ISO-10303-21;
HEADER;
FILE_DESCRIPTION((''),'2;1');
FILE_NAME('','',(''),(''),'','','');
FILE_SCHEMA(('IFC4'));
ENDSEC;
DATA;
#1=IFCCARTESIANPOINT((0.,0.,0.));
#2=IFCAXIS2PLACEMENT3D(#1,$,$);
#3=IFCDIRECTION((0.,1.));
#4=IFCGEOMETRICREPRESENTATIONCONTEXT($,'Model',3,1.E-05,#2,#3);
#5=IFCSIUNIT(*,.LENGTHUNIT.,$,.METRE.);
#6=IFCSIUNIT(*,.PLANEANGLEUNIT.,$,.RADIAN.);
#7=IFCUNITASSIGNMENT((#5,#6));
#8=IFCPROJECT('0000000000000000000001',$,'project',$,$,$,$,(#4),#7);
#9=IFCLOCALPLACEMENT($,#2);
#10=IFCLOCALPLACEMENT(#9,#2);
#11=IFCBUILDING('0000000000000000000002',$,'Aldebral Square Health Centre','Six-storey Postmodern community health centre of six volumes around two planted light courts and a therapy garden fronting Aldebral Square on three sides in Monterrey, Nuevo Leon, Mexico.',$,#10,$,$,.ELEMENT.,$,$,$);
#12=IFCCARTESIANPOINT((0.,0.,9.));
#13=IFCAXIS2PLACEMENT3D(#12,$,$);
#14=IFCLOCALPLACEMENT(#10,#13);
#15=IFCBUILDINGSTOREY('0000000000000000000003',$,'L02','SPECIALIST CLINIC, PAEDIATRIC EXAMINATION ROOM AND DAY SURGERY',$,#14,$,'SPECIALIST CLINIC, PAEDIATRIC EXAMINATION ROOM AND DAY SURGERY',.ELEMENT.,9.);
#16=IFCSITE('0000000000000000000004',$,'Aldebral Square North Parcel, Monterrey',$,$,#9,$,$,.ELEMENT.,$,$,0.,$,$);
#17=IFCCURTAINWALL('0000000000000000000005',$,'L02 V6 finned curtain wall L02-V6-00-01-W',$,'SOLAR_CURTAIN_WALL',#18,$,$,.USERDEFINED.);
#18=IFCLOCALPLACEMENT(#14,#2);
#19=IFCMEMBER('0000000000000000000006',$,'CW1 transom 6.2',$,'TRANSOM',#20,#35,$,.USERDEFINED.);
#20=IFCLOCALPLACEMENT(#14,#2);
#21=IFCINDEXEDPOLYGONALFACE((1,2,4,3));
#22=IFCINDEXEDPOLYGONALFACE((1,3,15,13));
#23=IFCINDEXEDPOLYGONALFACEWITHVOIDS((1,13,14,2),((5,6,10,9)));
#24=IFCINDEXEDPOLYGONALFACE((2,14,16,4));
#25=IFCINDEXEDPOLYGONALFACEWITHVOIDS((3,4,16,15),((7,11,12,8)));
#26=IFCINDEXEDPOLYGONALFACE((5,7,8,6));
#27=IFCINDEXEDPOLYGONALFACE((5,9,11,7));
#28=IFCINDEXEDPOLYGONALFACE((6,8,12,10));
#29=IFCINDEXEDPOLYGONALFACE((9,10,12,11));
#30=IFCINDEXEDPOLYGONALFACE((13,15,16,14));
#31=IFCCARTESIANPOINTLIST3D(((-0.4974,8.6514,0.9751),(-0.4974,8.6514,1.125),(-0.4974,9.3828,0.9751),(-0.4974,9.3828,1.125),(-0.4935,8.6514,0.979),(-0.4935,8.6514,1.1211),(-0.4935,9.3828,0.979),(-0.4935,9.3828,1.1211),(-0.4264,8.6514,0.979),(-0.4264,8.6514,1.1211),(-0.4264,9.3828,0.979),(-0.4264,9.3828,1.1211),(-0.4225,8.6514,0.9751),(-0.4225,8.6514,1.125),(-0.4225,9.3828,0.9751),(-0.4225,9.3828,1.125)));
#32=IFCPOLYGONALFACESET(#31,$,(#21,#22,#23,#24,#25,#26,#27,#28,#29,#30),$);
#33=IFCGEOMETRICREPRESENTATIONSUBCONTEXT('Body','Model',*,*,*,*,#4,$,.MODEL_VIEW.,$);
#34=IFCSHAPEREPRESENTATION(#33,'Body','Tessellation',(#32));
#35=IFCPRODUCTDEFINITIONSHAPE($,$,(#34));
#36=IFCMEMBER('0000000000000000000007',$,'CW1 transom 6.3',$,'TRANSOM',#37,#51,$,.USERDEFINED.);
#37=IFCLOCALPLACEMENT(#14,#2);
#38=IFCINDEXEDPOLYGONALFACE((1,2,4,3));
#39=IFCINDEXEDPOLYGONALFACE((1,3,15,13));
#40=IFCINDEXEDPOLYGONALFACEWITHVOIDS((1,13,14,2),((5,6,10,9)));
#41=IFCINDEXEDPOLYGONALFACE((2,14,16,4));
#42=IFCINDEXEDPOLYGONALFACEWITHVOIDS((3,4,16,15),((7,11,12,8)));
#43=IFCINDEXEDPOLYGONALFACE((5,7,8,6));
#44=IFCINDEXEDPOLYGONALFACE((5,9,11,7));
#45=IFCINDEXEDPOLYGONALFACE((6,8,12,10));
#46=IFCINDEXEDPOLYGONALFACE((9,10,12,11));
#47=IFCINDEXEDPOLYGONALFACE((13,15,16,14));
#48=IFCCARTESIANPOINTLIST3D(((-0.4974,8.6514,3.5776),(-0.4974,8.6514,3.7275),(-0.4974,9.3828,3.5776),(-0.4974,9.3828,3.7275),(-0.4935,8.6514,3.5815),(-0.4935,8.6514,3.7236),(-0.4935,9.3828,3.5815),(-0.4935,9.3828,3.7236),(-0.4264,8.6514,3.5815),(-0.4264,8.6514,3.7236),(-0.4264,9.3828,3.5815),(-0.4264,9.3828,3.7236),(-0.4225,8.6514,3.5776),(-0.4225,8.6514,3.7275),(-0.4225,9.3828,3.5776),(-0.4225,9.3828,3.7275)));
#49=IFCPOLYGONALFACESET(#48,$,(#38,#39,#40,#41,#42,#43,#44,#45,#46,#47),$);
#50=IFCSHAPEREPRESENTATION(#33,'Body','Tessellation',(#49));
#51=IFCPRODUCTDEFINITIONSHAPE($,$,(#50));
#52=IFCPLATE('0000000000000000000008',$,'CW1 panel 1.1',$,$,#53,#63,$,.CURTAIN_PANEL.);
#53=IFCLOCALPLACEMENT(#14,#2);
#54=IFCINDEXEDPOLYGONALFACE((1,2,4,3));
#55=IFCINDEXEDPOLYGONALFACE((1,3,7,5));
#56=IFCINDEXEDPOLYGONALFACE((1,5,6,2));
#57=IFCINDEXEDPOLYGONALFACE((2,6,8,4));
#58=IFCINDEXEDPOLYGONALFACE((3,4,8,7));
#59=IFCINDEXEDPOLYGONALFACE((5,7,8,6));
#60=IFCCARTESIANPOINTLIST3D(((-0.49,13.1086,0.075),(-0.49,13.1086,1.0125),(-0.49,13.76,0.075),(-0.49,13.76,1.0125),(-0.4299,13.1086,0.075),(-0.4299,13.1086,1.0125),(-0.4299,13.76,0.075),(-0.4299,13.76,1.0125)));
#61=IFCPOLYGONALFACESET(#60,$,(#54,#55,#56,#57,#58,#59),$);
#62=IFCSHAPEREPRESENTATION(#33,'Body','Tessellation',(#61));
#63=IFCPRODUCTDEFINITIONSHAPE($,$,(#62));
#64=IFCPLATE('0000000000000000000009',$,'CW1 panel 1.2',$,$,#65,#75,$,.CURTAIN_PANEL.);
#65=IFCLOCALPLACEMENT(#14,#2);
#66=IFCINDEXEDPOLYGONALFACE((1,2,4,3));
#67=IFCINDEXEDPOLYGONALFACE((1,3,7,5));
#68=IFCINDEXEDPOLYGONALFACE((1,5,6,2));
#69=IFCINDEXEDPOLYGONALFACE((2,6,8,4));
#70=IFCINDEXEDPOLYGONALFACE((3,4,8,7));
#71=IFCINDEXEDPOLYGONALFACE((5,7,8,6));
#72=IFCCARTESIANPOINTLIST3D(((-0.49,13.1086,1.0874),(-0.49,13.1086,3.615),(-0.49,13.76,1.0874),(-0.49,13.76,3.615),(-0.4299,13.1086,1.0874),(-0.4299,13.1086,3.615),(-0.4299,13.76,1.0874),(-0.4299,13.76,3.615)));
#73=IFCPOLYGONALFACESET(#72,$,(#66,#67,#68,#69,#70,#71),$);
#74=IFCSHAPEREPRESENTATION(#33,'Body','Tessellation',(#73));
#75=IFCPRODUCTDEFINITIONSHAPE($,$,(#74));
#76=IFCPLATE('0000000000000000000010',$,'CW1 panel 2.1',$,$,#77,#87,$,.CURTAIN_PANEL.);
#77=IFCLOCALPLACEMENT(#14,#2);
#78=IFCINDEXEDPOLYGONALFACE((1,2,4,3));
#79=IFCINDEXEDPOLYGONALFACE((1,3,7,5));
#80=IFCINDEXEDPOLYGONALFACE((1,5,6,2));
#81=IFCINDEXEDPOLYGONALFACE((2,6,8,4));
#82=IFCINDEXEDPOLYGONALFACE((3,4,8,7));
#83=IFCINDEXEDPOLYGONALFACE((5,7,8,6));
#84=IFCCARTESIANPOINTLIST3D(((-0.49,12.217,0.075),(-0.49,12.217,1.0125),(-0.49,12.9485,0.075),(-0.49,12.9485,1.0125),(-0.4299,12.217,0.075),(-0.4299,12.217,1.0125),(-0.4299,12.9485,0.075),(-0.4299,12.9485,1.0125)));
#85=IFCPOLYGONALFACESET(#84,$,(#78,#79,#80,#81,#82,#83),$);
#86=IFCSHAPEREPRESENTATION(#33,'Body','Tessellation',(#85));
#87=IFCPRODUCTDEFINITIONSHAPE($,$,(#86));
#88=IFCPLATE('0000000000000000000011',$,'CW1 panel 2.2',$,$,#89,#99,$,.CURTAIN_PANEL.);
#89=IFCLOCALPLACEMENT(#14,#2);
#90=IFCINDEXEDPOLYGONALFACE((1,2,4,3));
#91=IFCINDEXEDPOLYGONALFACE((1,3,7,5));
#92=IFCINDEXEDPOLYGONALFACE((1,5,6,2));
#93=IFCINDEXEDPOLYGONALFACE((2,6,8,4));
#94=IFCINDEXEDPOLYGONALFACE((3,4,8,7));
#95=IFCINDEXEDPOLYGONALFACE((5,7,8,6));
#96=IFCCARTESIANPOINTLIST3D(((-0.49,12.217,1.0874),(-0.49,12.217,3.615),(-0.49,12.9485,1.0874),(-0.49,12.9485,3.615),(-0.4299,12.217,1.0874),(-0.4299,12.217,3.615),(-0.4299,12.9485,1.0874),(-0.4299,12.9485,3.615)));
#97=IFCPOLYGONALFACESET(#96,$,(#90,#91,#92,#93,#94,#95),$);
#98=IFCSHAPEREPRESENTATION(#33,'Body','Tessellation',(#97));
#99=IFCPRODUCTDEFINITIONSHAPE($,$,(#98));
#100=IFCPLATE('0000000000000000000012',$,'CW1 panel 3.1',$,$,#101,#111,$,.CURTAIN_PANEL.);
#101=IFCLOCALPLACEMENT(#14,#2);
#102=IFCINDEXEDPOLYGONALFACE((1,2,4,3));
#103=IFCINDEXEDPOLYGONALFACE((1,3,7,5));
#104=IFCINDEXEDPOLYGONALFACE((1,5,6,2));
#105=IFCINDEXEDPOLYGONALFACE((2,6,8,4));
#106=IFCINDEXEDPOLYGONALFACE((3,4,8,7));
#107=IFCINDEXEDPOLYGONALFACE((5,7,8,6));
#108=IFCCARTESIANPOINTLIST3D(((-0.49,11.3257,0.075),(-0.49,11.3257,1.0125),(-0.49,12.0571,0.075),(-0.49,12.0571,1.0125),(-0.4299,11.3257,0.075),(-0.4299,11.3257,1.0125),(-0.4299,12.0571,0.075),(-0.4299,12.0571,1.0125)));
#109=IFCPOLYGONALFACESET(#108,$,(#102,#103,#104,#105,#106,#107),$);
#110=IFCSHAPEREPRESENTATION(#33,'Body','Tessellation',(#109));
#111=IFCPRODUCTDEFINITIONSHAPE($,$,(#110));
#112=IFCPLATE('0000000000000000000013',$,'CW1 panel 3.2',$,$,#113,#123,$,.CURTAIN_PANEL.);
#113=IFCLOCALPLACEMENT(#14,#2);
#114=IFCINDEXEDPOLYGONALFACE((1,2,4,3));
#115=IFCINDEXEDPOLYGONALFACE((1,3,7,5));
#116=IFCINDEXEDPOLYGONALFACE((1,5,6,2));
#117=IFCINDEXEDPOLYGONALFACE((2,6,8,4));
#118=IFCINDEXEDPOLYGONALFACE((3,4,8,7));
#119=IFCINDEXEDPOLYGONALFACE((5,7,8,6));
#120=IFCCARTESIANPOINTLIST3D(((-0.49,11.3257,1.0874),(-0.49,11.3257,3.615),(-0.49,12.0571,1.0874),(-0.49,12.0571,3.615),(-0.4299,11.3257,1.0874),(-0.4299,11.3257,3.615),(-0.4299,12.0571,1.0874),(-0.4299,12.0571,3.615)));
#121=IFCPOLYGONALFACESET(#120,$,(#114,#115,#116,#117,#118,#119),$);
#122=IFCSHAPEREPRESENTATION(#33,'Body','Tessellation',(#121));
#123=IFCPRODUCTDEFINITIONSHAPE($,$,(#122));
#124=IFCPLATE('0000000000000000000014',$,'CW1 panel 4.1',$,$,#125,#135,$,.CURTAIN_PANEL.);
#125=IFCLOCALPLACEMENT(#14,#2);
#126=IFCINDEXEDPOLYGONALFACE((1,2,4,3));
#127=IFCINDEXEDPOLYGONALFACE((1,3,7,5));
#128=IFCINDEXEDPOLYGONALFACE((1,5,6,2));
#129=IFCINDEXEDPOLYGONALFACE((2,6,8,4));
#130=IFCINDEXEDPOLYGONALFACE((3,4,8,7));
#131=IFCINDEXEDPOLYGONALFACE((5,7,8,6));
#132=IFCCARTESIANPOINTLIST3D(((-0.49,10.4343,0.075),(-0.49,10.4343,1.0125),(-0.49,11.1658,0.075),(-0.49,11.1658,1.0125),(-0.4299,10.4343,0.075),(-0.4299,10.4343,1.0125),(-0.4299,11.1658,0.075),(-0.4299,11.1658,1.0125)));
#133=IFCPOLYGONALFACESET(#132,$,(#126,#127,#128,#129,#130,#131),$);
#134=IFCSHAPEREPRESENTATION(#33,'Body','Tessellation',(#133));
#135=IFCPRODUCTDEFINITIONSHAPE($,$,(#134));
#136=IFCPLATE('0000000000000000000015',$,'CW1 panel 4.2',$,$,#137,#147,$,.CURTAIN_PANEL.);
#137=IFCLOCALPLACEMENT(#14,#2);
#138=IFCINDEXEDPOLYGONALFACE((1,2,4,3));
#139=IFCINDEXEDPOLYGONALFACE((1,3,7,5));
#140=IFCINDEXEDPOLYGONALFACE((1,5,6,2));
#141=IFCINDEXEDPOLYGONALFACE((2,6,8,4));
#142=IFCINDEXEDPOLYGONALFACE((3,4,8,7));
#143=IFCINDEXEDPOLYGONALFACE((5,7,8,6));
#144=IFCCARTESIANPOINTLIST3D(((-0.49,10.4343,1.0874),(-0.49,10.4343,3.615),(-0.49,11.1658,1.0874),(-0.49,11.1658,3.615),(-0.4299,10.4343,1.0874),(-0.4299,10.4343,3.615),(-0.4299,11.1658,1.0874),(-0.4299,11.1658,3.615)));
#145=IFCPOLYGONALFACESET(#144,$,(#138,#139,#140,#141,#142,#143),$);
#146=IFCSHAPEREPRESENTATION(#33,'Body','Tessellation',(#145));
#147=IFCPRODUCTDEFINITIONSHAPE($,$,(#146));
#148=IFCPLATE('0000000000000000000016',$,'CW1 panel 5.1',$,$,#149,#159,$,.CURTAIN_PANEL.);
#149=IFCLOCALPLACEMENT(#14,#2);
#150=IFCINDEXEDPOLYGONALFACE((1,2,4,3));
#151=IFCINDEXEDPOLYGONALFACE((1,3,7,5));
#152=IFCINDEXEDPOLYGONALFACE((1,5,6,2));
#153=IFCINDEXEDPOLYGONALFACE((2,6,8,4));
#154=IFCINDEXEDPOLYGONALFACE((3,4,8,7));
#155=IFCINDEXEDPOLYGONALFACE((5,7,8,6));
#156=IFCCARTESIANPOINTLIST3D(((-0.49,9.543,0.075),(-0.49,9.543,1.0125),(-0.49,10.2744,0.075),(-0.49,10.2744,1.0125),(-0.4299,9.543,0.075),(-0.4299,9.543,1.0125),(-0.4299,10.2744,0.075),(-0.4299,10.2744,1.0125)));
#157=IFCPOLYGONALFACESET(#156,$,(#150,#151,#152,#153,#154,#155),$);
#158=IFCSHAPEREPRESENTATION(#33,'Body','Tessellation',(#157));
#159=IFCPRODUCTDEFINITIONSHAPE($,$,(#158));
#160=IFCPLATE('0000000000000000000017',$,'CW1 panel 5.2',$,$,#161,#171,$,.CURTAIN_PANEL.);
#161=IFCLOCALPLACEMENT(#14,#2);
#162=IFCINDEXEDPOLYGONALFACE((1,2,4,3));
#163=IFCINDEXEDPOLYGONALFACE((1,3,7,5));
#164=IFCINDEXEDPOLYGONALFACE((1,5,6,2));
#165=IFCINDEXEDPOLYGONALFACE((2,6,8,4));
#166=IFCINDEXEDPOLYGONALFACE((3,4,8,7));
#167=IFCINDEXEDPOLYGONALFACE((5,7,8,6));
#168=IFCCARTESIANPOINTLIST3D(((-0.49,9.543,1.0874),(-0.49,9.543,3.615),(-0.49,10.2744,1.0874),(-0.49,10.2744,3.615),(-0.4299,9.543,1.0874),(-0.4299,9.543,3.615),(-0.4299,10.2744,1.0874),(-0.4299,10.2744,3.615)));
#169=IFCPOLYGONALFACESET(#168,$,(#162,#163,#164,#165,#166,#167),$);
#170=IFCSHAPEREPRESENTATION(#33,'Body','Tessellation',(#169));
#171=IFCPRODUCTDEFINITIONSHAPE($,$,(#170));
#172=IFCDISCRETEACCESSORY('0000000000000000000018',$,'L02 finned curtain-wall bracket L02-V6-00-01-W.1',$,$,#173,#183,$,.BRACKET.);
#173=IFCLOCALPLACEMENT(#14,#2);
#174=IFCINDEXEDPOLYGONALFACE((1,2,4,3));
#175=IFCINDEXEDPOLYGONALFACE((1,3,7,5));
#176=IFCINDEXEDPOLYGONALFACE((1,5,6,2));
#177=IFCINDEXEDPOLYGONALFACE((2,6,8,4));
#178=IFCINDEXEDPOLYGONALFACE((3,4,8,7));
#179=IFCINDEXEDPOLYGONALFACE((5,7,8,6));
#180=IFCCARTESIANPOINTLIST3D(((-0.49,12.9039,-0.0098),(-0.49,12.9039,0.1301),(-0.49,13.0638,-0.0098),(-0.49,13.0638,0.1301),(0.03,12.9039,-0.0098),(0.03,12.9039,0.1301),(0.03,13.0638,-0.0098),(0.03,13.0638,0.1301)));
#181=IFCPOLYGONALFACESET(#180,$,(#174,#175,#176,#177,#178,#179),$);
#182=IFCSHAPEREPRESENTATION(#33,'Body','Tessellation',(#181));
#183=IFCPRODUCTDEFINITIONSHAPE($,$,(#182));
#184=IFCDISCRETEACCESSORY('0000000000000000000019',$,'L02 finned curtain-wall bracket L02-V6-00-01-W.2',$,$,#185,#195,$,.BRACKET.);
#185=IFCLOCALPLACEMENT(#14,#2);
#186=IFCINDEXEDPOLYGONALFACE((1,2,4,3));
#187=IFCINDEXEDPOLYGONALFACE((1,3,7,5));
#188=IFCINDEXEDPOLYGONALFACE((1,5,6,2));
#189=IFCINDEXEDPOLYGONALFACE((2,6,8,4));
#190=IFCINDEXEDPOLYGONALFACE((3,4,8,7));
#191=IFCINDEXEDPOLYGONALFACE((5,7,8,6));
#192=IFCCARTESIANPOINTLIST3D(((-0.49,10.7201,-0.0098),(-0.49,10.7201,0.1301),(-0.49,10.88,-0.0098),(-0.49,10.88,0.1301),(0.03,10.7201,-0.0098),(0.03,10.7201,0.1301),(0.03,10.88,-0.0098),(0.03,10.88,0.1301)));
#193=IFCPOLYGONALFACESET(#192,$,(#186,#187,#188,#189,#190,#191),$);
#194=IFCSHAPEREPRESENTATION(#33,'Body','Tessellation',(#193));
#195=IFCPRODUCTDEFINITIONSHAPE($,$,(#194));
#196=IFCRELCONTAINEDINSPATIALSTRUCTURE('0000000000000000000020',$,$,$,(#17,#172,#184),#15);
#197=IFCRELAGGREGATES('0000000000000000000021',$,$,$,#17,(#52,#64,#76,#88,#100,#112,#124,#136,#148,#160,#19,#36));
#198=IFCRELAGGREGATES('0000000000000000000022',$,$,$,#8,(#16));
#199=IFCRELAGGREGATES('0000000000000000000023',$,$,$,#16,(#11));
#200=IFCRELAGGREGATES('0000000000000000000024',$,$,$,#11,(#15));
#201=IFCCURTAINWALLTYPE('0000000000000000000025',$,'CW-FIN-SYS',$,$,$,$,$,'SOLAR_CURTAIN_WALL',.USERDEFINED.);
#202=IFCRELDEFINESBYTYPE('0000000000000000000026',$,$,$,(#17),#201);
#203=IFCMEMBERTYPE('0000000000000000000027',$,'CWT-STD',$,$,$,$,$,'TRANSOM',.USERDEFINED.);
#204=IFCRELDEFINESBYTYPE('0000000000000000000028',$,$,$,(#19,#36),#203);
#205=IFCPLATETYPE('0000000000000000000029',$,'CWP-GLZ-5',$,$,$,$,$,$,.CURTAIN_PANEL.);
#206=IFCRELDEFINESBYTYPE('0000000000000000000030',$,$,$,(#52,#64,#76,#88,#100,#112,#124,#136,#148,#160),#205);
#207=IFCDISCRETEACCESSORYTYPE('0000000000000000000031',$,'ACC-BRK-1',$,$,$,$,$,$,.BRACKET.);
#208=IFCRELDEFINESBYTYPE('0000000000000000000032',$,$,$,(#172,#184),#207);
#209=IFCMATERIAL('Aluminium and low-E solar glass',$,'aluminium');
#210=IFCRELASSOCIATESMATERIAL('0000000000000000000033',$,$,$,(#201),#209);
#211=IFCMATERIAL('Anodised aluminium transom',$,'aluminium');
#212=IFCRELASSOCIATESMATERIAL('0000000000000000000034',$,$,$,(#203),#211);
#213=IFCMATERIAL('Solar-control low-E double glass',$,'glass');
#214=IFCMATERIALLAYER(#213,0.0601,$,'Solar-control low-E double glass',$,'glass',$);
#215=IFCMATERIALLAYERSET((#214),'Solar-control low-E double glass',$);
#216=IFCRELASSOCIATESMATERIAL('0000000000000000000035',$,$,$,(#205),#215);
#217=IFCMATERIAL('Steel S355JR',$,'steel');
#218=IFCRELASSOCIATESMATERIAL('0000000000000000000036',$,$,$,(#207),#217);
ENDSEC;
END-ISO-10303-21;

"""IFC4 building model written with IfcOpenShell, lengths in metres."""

from ifc_helpers import new_model, si_unit, direction, frame, origin, origin_2d, place, context, subcontext, project, spatial, rectangle, hollow_rectangle, extrude, material, layer, layer_set, material_profile, profile_set, type_object, element, aggregate, save


model = new_model("IFC4")

# Units and contexts
model_context = context("Model", 3, precision=1e-05, world=origin(), true_north=direction((0.0, 1.0)))
body_context = subcontext(model_context, "Body", "Model", "MODEL_VIEW")
ifc_project = project(units=[si_unit("LENGTHUNIT", "METRE"), si_unit("PLANEANGLEUNIT", "RADIAN")], contexts=[model_context])

# Site, building, storey
site_placement = place(None, origin())
site = spatial("IfcSite", under=ifc_project, at=site_placement, Name="Aldebral Square North Parcel, Monterrey", CompositionType="ELEMENT", RefElevation=0.0)
building_placement = place(site_placement, origin())
building = spatial("IfcBuilding", under=site, at=building_placement, Name="Aldebral Square Health Centre", Description="Six-storey Postmodern community health centre of six volumes around two planted light courts and a therapy garden fronting Aldebral Square on three sides in Monterrey, Nuevo Leon, Mexico.", CompositionType="ELEMENT")
storey_placement = place(building_placement, frame((0.0, 0.0, 9.0)))
storey = spatial("IfcBuildingStorey", under=building, at=storey_placement, Name="L02", Description="SPECIALIST CLINIC, PAEDIATRIC EXAMINATION ROOM AND DAY SURGERY", LongName="SPECIALIST CLINIC, PAEDIATRIC EXAMINATION ROOM AND DAY SURGERY", CompositionType="ELEMENT", Elevation=9.0)

# Curtain wall, members, plates
ifc_material_1 = material(Name="Aluminium and low-E solar glass", Category="aluminium")
curtain_wall_type = type_object("IfcCurtainWallType", Name="CW-FIN-SYS", ElementType="SOLAR_CURTAIN_WALL", PredefinedType="USERDEFINED", material=ifc_material_1)
curtain_wall_placement = place(storey_placement, origin())
curtain_wall = element("IfcCurtainWall", 1, at=curtain_wall_placement, inside=storey, type_object=curtain_wall_type, Name="L02 V6 finned curtain wall L02-V6-00-01-W", ObjectType="SOLAR_CURTAIN_WALL", PredefinedType="USERDEFINED")
ifc_material_2 = material(Name="Anodised aluminium transom", Category="aluminium")
ifc_material_profile_1 = material_profile(ifc_material_2, hollow_rectangle(XDim=0.075, YDim=0.1499, WallThickness=0.0039, at=origin_2d()), Name="CWT 75x150x4")
ifc_profile_set_1 = profile_set([ifc_material_profile_1], Name="Anodised aluminium transom")
member_type_1 = type_object("IfcMemberType", Name="CWT-STD", ElementType="TRANSOM", PredefinedType="USERDEFINED", material=ifc_profile_set_1)
member_1_placement = place(storey_placement, frame((-0.46, 9.3828, 1.05), z_axis=(0.0, -1.0, 0.0), x_axis=(1.0, 0.0, 0.0)))
member_1 = element("IfcMember", 2, at=member_1_placement, type_object=member_type_1, Name="CW1 transom 6.2", ObjectType="TRANSOM", PredefinedType="USERDEFINED", context=body_context, shape_type="SweptSolid", body=[
    extrude(hollow_rectangle(XDim=0.075, YDim=0.1499, WallThickness=0.0039, at=origin_2d()), origin(), (0.0, 0.0, 1.0), 0.7314),
])
member_2_placement = place(storey_placement, frame((-0.46, 9.3828, 3.6526), z_axis=(0.0, -1.0, 0.0), x_axis=(1.0, 0.0, 0.0)))
member_2 = element("IfcMember", 3, at=member_2_placement, type_object=member_type_1, Name="CW1 transom 6.3", ObjectType="TRANSOM", PredefinedType="USERDEFINED", context=body_context, shape_type="SweptSolid", body=[
    extrude(hollow_rectangle(XDim=0.075, YDim=0.1499, WallThickness=0.0039, at=origin_2d()), origin(), (0.0, 0.0, 1.0), 0.7314),
])
ifc_material_3 = material(Name="Solar-control low-E double glass", Category="glass")
ifc_layer = layer(ifc_material_3, 0.0601, Name="Solar-control low-E double glass", Category="glass")
ifc_layer_set = layer_set([ifc_layer], Name="Solar-control low-E double glass")
plate_type = type_object("IfcPlateType", Name="CWP-GLZ-5", PredefinedType="CURTAIN_PANEL", material=ifc_layer_set)
plate_1_placement = place(storey_placement, frame((-0.46, 13.4343, 0.075), z_axis=(0.0, 0.0, 1.0), x_axis=(0.0, -1.0, 0.0)))
plate_1 = element("IfcPlate", 4, at=plate_1_placement, type_object=plate_type, Name="CW1 panel 1.1", PredefinedType="CURTAIN_PANEL", context=body_context, shape_type="SweptSolid", body=[
    extrude(rectangle(XDim=0.6514, YDim=0.0601, at=origin_2d()), origin(), (0.0, 0.0, 1.0), 0.9375),
])
plate_2_placement = place(storey_placement, frame((-0.46, 13.4343, 1.0874), z_axis=(0.0, 0.0, 1.0), x_axis=(0.0, -1.0, 0.0)))
plate_2 = element("IfcPlate", 5, at=plate_2_placement, type_object=plate_type, Name="CW1 panel 1.2", PredefinedType="CURTAIN_PANEL", context=body_context, shape_type="SweptSolid", body=[
    extrude(rectangle(XDim=0.6514, YDim=0.0601, at=origin_2d()), origin(), (0.0, 0.0, 1.0), 2.5276),
])
plate_3_placement = place(storey_placement, frame((-0.46, 12.5828, 0.075), z_axis=(0.0, 0.0, 1.0), x_axis=(0.0, -1.0, 0.0)))
plate_3 = element("IfcPlate", 6, at=plate_3_placement, type_object=plate_type, Name="CW1 panel 2.1", PredefinedType="CURTAIN_PANEL", context=body_context, shape_type="SweptSolid", body=[
    extrude(rectangle(XDim=0.7314, YDim=0.0601, at=origin_2d()), origin(), (0.0, 0.0, 1.0), 0.9375),
])
plate_4_placement = place(storey_placement, frame((-0.46, 12.5828, 1.0874), z_axis=(0.0, 0.0, 1.0), x_axis=(0.0, -1.0, 0.0)))
plate_4 = element("IfcPlate", 7, at=plate_4_placement, type_object=plate_type, Name="CW1 panel 2.2", PredefinedType="CURTAIN_PANEL", context=body_context, shape_type="SweptSolid", body=[
    extrude(rectangle(XDim=0.7314, YDim=0.0601, at=origin_2d()), origin(), (0.0, 0.0, 1.0), 2.5276),
])
plate_5_placement = place(storey_placement, frame((-0.46, 11.6914, 0.075), z_axis=(0.0, 0.0, 1.0), x_axis=(0.0, -1.0, 0.0)))
plate_5 = element("IfcPlate", 8, at=plate_5_placement, type_object=plate_type, Name="CW1 panel 3.1", PredefinedType="CURTAIN_PANEL", context=body_context, shape_type="SweptSolid", body=[
    extrude(rectangle(XDim=0.7314, YDim=0.0601, at=origin_2d()), origin(), (0.0, 0.0, 1.0), 0.9375),
])
plate_6_placement = place(storey_placement, frame((-0.46, 11.6914, 1.0874), z_axis=(0.0, 0.0, 1.0), x_axis=(0.0, -1.0, 0.0)))
plate_6 = element("IfcPlate", 9, at=plate_6_placement, type_object=plate_type, Name="CW1 panel 3.2", PredefinedType="CURTAIN_PANEL", context=body_context, shape_type="SweptSolid", body=[
    extrude(rectangle(XDim=0.7314, YDim=0.0601, at=origin_2d()), origin(), (0.0, 0.0, 1.0), 2.5276),
])
plate_7_placement = place(storey_placement, frame((-0.46, 10.8, 0.075), z_axis=(0.0, 0.0, 1.0), x_axis=(0.0, -1.0, 0.0)))
plate_7 = element("IfcPlate", 10, at=plate_7_placement, type_object=plate_type, Name="CW1 panel 4.1", PredefinedType="CURTAIN_PANEL", context=body_context, shape_type="SweptSolid", body=[
    extrude(rectangle(XDim=0.7314, YDim=0.0601, at=origin_2d()), origin(), (0.0, 0.0, 1.0), 0.9375),
])
plate_8_placement = place(storey_placement, frame((-0.46, 10.8, 1.0874), z_axis=(0.0, 0.0, 1.0), x_axis=(0.0, -1.0, 0.0)))
plate_8 = element("IfcPlate", 11, at=plate_8_placement, type_object=plate_type, Name="CW1 panel 4.2", PredefinedType="CURTAIN_PANEL", context=body_context, shape_type="SweptSolid", body=[
    extrude(rectangle(XDim=0.7314, YDim=0.0601, at=origin_2d()), origin(), (0.0, 0.0, 1.0), 2.5276),
])
plate_9_placement = place(storey_placement, frame((-0.46, 9.9087, 0.075), z_axis=(0.0, 0.0, 1.0), x_axis=(0.0, -1.0, 0.0)))
plate_9 = element("IfcPlate", 12, at=plate_9_placement, type_object=plate_type, Name="CW1 panel 5.1", PredefinedType="CURTAIN_PANEL", context=body_context, shape_type="SweptSolid", body=[
    extrude(rectangle(XDim=0.7314, YDim=0.0601, at=origin_2d()), origin(), (0.0, 0.0, 1.0), 0.9375),
])
plate_10_placement = place(storey_placement, frame((-0.46, 9.9087, 1.0874), z_axis=(0.0, 0.0, 1.0), x_axis=(0.0, -1.0, 0.0)))
plate_10 = element("IfcPlate", 13, at=plate_10_placement, type_object=plate_type, Name="CW1 panel 5.2", PredefinedType="CURTAIN_PANEL", context=body_context, shape_type="SweptSolid", body=[
    extrude(rectangle(XDim=0.7314, YDim=0.0601, at=origin_2d()), origin(), (0.0, 0.0, 1.0), 2.5276),
])
aggregate(curtain_wall, [plate_1, plate_2, plate_3, plate_4, plate_5, plate_6, plate_7, plate_8, plate_9, plate_10, member_1, member_2])

# Discrete accessories
ifc_material_4 = material(Name="Steel S355JR", Category="steel")
discrete_accessory_type = type_object("IfcDiscreteAccessoryType", Name="ACC-BRK-1", PredefinedType="BRACKET", material=ifc_material_4)
for number, where, z_axis, x_axis, name in (
    (14, (-0.23, 12.9839, -0.0098), (0.0, 0.0, 1.0), (0.0, 1.0, 0.0), "L02 finned curtain-wall bracket L02-V6-00-01-W.1"),
    (15, (-0.23, 10.8, -0.0098), (0.0, 0.0, 1.0), (0.0, 1.0, 0.0), "L02 finned curtain-wall bracket L02-V6-00-01-W.2"),
):
    element("IfcDiscreteAccessory", number, at=place(storey_placement, frame(where, z_axis=z_axis, x_axis=x_axis)), inside=storey, type_object=discrete_accessory_type, Name=name, PredefinedType="BRACKET", context=body_context, shape_type="SweptSolid", body=[
        extrude(rectangle(XDim=0.1599, YDim=0.52, at=origin_2d()), origin(), (0.0, 0.0, 1.0), 0.1399),
    ])

save(model, "model.ifc")
